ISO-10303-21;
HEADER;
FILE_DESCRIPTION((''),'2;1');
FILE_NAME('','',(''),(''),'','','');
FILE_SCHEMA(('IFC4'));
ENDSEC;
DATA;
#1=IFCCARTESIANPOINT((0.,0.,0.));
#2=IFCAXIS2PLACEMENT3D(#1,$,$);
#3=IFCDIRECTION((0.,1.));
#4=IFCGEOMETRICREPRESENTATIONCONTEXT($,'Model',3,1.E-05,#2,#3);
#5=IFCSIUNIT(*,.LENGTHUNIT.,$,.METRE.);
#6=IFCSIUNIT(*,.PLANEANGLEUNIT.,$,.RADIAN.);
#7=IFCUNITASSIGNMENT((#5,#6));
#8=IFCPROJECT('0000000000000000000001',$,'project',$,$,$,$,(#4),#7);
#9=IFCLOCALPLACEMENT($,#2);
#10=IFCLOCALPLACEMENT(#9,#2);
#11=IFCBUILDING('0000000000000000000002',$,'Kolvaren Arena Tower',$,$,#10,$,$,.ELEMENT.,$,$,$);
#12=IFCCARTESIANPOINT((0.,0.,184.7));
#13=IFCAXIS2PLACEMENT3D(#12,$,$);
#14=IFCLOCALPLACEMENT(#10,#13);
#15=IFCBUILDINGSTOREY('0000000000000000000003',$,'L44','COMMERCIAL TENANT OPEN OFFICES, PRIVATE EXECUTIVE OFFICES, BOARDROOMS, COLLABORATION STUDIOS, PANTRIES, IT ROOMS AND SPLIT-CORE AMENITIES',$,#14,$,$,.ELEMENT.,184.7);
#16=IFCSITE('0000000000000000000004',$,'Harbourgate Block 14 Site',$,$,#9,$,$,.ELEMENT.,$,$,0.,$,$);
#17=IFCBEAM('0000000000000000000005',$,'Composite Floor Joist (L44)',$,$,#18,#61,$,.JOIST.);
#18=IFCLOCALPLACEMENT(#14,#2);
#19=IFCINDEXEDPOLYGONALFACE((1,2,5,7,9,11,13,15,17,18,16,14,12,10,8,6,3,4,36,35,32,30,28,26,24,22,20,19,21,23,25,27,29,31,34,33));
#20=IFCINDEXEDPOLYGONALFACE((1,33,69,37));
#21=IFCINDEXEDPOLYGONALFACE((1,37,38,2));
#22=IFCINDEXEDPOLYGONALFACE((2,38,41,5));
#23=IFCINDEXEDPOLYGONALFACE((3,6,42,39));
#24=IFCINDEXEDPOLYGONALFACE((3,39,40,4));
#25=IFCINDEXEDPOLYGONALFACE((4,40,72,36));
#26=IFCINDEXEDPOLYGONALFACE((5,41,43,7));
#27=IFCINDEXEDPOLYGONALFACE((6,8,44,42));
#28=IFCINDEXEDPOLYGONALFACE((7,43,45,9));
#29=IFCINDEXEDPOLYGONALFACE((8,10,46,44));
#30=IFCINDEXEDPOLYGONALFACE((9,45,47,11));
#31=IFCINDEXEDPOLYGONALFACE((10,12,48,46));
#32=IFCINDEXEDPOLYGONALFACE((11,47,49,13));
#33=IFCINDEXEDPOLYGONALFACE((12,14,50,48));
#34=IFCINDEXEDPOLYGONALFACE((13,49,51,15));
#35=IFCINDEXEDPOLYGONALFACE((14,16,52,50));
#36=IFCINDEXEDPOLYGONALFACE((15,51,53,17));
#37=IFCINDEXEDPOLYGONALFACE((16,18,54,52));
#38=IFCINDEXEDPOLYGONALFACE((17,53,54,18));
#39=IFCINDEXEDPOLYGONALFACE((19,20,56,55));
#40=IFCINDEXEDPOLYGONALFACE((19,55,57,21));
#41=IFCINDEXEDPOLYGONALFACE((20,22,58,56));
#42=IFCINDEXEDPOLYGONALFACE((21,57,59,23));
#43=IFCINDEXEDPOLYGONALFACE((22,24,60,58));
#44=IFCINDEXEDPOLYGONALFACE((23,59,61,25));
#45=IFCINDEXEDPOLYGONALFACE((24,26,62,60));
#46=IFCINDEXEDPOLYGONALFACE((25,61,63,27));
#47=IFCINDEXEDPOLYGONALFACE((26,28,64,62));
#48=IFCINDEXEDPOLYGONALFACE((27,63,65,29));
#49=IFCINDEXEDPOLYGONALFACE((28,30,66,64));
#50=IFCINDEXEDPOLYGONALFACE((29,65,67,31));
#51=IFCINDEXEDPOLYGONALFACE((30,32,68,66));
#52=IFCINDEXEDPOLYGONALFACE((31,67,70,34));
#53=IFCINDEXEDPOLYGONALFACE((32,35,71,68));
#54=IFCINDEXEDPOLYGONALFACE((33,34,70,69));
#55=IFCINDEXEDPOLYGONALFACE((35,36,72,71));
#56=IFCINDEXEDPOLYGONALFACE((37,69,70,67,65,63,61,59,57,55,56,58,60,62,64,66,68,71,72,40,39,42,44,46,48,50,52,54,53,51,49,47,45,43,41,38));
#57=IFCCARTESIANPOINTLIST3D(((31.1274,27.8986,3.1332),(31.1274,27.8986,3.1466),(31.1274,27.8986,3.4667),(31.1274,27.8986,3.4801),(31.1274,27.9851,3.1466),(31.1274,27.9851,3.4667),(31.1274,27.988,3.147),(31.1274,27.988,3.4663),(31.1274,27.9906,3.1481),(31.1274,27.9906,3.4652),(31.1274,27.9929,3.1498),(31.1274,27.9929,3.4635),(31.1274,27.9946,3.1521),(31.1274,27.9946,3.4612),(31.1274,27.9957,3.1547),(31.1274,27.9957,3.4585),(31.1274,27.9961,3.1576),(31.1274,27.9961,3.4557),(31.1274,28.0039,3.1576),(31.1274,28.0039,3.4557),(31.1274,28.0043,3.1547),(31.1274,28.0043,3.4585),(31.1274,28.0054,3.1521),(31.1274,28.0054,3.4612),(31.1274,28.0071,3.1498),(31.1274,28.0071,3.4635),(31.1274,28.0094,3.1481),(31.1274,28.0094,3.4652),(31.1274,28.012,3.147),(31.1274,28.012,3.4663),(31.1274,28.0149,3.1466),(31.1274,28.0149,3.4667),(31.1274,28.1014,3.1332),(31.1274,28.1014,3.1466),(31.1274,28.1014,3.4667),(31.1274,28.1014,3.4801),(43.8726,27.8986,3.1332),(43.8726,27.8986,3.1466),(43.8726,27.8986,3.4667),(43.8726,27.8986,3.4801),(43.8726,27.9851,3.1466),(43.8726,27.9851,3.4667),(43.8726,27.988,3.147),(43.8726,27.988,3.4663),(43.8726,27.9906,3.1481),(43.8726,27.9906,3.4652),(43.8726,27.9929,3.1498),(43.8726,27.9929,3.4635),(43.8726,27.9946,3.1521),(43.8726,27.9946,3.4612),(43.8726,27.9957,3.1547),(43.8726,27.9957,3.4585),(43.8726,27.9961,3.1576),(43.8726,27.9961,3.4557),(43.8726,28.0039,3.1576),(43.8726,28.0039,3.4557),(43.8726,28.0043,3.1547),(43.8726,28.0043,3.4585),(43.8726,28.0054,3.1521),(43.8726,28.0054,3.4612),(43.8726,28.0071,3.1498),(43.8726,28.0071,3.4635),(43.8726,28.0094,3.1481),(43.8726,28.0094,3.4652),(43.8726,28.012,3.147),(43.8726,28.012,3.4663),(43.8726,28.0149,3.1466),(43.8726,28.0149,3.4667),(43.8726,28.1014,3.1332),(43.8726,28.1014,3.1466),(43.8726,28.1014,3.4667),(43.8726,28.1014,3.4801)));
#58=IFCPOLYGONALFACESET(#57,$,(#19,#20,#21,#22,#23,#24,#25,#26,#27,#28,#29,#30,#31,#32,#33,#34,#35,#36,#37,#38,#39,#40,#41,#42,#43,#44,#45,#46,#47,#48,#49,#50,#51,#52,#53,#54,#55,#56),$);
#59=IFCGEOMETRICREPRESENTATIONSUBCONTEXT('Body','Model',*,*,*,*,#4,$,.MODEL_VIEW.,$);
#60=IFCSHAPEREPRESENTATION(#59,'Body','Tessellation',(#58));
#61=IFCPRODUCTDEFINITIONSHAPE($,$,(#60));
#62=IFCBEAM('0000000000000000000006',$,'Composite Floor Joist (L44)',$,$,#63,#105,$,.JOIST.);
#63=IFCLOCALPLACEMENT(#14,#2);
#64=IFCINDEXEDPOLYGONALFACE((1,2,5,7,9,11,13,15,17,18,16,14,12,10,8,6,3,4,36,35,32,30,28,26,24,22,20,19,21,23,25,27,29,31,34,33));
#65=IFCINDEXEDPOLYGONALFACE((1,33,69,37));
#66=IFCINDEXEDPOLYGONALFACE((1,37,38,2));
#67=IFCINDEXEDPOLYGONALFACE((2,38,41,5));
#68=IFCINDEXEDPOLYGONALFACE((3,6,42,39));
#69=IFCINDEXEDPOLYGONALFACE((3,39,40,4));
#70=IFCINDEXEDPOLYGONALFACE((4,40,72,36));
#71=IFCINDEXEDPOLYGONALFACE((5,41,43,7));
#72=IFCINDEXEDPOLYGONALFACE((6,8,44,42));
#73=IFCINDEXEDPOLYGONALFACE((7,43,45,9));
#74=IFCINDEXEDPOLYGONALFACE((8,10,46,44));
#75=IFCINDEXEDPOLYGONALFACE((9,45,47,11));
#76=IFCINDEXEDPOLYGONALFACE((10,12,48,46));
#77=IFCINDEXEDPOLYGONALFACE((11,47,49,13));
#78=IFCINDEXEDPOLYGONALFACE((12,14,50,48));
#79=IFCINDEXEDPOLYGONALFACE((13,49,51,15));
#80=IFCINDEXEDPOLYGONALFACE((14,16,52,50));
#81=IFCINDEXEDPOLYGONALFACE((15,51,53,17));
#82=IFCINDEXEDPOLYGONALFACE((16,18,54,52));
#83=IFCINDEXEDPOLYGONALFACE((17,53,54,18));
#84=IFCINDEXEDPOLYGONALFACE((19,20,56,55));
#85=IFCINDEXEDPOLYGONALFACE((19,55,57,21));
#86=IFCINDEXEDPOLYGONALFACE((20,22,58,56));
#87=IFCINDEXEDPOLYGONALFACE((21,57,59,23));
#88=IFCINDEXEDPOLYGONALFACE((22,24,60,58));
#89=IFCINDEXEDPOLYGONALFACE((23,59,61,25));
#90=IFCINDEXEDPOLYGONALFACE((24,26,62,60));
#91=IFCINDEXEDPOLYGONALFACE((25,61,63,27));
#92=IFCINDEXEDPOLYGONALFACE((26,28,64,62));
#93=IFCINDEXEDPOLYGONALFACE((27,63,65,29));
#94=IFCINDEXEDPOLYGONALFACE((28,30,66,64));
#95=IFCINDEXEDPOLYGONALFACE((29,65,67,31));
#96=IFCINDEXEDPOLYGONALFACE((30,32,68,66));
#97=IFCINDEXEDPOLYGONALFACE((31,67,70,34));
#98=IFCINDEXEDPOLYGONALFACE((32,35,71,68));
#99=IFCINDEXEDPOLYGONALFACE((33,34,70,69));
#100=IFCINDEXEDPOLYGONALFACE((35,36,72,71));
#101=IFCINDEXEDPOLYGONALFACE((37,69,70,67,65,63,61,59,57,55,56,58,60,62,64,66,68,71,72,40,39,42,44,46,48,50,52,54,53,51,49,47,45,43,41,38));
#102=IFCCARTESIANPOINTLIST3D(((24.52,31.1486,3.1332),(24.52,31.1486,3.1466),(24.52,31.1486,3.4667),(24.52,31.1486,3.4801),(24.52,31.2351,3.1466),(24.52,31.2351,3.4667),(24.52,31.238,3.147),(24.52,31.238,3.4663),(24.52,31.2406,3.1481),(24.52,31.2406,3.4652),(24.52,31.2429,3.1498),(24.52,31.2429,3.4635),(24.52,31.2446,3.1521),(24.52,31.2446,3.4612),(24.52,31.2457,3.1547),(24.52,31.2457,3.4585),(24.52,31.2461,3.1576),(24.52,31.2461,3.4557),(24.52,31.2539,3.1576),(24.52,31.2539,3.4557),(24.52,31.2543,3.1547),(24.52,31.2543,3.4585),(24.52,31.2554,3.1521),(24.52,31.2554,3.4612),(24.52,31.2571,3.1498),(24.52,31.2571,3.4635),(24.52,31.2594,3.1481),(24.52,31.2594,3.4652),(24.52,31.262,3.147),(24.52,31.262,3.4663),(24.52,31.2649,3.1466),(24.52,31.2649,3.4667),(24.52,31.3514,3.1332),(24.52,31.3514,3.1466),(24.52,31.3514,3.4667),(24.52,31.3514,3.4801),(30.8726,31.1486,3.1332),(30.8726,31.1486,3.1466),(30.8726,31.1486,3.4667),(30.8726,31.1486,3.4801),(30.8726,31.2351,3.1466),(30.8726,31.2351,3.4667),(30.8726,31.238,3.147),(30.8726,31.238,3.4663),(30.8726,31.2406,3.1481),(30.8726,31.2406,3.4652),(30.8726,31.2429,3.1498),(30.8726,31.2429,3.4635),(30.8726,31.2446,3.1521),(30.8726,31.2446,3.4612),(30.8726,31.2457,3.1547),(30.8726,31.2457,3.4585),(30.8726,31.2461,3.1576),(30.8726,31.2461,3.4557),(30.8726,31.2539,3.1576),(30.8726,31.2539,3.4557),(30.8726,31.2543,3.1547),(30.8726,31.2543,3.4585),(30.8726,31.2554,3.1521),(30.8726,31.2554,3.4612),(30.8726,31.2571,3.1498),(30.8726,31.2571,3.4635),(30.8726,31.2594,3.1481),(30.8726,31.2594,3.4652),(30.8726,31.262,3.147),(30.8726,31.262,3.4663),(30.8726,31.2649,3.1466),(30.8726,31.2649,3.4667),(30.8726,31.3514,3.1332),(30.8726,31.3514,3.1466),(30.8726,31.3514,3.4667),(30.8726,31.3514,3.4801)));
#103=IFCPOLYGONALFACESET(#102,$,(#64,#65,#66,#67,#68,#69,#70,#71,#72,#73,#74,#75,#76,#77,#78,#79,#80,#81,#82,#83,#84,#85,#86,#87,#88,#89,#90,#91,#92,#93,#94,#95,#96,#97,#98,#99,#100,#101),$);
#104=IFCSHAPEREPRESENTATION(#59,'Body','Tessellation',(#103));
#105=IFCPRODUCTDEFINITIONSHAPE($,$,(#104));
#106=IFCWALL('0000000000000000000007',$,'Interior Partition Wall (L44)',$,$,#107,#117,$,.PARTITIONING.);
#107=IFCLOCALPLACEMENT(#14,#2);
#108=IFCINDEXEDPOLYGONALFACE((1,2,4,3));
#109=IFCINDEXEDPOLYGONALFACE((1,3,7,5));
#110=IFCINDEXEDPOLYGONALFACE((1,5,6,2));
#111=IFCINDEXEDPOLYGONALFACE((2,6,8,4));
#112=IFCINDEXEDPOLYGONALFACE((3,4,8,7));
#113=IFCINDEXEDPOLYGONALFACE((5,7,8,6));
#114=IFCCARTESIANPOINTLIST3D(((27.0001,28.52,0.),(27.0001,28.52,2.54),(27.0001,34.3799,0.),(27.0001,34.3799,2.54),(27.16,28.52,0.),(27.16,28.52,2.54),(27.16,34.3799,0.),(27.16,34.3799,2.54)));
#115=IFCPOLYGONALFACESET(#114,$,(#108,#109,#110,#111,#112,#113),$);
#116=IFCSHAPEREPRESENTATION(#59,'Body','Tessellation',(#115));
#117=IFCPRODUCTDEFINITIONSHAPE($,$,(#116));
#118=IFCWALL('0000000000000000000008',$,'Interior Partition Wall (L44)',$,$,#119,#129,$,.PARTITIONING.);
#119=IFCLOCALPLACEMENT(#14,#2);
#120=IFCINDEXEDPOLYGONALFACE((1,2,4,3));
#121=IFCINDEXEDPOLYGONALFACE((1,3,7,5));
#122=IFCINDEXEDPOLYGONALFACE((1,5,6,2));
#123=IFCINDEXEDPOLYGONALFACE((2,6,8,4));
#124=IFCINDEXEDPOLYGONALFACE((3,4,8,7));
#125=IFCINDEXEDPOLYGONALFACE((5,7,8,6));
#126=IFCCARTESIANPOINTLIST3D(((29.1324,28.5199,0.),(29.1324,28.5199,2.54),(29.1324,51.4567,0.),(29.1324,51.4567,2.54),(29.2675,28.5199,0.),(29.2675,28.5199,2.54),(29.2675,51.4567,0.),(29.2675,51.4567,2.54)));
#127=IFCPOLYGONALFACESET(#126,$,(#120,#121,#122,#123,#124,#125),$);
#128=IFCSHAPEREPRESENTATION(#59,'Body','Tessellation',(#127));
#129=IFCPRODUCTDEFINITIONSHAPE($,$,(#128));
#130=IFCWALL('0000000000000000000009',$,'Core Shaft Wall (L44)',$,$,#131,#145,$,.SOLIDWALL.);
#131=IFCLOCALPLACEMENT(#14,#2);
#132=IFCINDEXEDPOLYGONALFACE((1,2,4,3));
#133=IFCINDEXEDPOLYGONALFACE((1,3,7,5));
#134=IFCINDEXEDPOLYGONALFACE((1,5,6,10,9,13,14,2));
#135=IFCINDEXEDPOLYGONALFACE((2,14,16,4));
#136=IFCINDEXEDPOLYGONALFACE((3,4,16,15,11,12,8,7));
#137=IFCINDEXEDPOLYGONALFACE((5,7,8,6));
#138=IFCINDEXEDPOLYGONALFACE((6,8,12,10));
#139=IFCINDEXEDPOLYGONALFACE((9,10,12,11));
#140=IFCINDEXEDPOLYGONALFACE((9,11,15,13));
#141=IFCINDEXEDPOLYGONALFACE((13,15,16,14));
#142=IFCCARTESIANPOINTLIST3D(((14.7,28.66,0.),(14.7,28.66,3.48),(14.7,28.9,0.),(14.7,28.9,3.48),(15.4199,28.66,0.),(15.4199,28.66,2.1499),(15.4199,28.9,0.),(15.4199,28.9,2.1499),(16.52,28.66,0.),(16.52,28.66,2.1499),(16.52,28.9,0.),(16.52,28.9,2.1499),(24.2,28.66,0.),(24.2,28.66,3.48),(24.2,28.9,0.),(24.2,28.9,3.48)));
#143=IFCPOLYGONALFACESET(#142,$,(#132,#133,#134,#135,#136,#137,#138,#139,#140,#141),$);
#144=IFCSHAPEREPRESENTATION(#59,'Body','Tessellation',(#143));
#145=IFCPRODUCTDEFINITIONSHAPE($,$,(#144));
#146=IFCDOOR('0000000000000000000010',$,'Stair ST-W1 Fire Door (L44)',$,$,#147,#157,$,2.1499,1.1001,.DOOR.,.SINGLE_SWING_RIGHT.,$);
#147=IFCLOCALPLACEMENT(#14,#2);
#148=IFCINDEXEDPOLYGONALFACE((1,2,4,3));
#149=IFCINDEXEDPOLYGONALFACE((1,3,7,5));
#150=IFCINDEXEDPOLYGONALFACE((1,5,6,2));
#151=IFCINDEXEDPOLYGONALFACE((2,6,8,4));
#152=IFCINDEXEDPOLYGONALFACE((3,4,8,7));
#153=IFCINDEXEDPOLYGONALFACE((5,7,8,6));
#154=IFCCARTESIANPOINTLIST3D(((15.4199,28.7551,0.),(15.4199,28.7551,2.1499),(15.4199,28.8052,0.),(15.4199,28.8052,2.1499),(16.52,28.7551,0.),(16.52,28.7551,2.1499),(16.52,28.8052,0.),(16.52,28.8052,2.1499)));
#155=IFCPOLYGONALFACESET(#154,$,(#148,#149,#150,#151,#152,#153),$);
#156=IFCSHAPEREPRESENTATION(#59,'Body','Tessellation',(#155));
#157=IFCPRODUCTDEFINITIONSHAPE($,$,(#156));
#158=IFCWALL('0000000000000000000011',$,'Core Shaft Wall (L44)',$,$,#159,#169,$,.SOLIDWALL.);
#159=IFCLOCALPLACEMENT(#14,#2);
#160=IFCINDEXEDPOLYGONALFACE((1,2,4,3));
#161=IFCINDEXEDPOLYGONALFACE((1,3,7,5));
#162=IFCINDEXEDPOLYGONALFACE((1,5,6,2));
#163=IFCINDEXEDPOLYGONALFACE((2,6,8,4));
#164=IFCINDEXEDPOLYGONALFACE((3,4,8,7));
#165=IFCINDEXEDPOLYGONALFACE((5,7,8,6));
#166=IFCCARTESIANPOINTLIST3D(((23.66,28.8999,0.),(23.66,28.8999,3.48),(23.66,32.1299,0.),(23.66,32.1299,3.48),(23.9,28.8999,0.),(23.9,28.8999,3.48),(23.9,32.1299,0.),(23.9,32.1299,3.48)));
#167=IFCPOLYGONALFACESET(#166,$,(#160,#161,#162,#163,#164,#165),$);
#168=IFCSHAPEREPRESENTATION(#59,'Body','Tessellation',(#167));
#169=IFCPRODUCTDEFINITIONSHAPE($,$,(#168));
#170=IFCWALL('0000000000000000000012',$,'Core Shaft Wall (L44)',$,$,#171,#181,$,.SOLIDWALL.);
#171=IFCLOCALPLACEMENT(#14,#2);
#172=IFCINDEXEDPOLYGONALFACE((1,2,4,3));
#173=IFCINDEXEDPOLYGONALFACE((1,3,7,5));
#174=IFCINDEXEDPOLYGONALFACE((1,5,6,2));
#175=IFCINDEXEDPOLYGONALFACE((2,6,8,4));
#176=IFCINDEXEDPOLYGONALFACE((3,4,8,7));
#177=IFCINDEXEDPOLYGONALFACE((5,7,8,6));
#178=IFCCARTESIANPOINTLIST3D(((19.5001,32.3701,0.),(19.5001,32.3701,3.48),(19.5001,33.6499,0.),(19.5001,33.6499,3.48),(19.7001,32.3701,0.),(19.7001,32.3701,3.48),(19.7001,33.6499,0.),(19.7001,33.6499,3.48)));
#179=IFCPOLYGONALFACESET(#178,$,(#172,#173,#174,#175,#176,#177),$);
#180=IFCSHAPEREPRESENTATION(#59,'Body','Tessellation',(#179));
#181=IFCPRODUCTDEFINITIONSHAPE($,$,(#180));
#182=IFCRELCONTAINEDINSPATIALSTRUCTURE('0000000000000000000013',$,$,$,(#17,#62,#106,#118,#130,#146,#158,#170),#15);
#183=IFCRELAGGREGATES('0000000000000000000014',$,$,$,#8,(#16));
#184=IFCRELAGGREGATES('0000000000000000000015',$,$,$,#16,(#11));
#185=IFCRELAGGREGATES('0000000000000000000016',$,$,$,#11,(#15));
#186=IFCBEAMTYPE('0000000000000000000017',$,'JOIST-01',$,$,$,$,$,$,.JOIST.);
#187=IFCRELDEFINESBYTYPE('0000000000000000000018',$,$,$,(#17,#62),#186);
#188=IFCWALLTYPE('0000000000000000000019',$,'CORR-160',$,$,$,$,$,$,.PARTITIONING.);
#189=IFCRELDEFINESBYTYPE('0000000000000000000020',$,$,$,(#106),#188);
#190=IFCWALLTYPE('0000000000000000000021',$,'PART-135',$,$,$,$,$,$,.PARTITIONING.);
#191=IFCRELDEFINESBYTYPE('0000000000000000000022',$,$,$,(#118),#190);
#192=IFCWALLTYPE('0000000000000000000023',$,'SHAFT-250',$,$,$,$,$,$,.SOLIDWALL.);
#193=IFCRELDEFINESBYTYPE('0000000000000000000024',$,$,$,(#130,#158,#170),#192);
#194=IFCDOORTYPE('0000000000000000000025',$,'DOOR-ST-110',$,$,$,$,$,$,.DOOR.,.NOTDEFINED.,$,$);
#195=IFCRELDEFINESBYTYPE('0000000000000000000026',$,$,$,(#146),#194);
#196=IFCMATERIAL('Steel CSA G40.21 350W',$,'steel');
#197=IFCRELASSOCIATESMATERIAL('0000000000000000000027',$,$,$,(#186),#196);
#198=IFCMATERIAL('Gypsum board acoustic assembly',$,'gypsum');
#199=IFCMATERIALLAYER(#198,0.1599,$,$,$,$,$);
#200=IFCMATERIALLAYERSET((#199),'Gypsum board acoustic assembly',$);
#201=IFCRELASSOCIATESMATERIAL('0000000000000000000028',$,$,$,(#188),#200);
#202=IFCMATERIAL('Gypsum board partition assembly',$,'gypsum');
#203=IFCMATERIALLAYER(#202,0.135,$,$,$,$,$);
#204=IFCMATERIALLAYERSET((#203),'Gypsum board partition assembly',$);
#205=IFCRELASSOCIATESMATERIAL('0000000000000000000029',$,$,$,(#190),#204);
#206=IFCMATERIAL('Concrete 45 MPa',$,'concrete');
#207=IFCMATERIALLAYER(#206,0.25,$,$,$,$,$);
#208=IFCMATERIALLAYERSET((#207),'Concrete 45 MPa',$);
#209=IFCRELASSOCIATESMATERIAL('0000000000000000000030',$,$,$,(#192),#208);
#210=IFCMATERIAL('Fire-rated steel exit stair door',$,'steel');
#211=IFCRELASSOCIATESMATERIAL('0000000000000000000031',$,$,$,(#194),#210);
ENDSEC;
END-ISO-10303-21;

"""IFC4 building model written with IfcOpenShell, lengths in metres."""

from ifc_helpers import new_model, si_unit, direction, frame, frame_2d, origin, origin_2d, place, context, subcontext, project, spatial, rectangle, i_section, extrude, material, layer, layer_set, material_profile, profile_set, type_object, element, fill, save


model = new_model("IFC4")

# Units and contexts
model_context = context("Model", 3, precision=1e-05, world=origin(), true_north=direction((0.0, 1.0)))
body_context = subcontext(model_context, "Body", "Model", "MODEL_VIEW")
ifc_project = project(units=[si_unit("LENGTHUNIT", "METRE"), si_unit("PLANEANGLEUNIT", "RADIAN")], contexts=[model_context])

# Site, building, storey
site_placement = place(None, origin())
site = spatial("IfcSite", under=ifc_project, at=site_placement, Name="Harbourgate Block 14 Site", CompositionType="ELEMENT", RefElevation=0.0)
building_placement = place(site_placement, origin())
building = spatial("IfcBuilding", under=site, at=building_placement, Name="Kolvaren Arena Tower", CompositionType="ELEMENT")
storey_placement = place(building_placement, frame((0.0, 0.0, 184.7)))
storey = spatial("IfcBuildingStorey", under=building, at=storey_placement, Name="L44", Description="COMMERCIAL TENANT OPEN OFFICES, PRIVATE EXECUTIVE OFFICES, BOARDROOMS, COLLABORATION STUDIOS, PANTRIES, IT ROOMS AND SPLIT-CORE AMENITIES", CompositionType="ELEMENT", Elevation=184.7)

# Beams
ifc_material_1 = material(Name="Steel CSA G40.21 350W", Category="steel")
ifc_material_profile_1 = material_profile(ifc_material_1, i_section(OverallWidth=0.2029, OverallDepth=0.3469, WebThickness=0.0078, FlangeThickness=0.0134, FilletRadius=0.011, at=origin_2d()), Name="W360x64")
ifc_profile_set_1 = profile_set([ifc_material_profile_1], Name="Steel CSA G40.21 350W")
beam_type_1 = type_object("IfcBeamType", Name="JOIST-01", PredefinedType="JOIST", material=ifc_profile_set_1)
for number, where, z_axis, x_axis, name in (
    (1, (31.1274, 28.0, 3.3066), (1.0, 0.0, 0.0), (0.0, 1.0, 0.0), "Composite Floor Joist (L44)"),
):
    element("IfcBeam", number, at=place(storey_placement, frame(where, z_axis=z_axis, x_axis=x_axis)), inside=storey, type_object=beam_type_1, Name=name, PredefinedType="JOIST", context=body_context, shape_type="SweptSolid", body=[
        extrude(i_section(OverallWidth=0.2029, OverallDepth=0.3469, WebThickness=0.0078, FlangeThickness=0.0134, FilletRadius=0.011, at=origin_2d()), origin(), (0.0, 0.0, 1.0), 12.7451),
    ])
beam_1_placement = place(storey_placement, frame((24.52, 31.25, 3.3066), z_axis=(1.0, 0.0, 0.0), x_axis=(0.0, 1.0, 0.0)))
element("IfcBeam", 2, at=beam_1_placement, inside=storey, type_object=beam_type_1, Name="Composite Floor Joist (L44)", PredefinedType="JOIST", context=body_context, shape_type="SweptSolid", body=[
    extrude(i_section(OverallWidth=0.2029, OverallDepth=0.3469, WebThickness=0.0078, FlangeThickness=0.0134, FilletRadius=0.011, at=origin_2d()), origin(), (0.0, 0.0, 1.0), 6.3525),
])

# Shared definitions
ifc_material_2 = material(Name="Gypsum board acoustic assembly", Category="gypsum")
ifc_layer_1 = layer(ifc_material_2, 0.1599)
ifc_layer_set_1 = layer_set([ifc_layer_1], Name="Gypsum board acoustic assembly")
wall_type_1 = type_object("IfcWallType", Name="CORR-160", PredefinedType="PARTITIONING", material=ifc_layer_set_1)

# Wall
wall_1_placement = place(storey_placement, frame((27.0801, 28.52, 0.0), z_axis=(0.0, 0.0, 1.0), x_axis=(0.0, 1.0, 0.0)))
element("IfcWall", 3, at=wall_1_placement, inside=storey, type_object=wall_type_1, Name="Interior Partition Wall (L44)", PredefinedType="PARTITIONING", context=body_context, shape_type="SweptSolid", body=[
    extrude(rectangle(XDim=5.8599, YDim=0.1599, at=frame_2d((2.9299, 0.0))), origin(), (0.0, 0.0, 1.0), 2.54),
])

# Wall
ifc_material_3 = material(Name="Gypsum board partition assembly", Category="gypsum")
ifc_layer_2 = layer(ifc_material_3, 0.135)
ifc_layer_set_2 = layer_set([ifc_layer_2], Name="Gypsum board partition assembly")
wall_type_2 = type_object("IfcWallType", Name="PART-135", PredefinedType="PARTITIONING", material=ifc_layer_set_2)
wall_2_placement = place(storey_placement, frame((29.2, 28.52, 0.0), z_axis=(0.0, 0.0, 1.0), x_axis=(0.0, 1.0, 0.0)))
element("IfcWall", 4, at=wall_2_placement, inside=storey, type_object=wall_type_2, Name="Interior Partition Wall (L44)", PredefinedType="PARTITIONING", context=body_context, shape_type="SweptSolid", body=[
    extrude(rectangle(XDim=22.9368, YDim=0.135, at=frame_2d((11.4683, 0.0))), origin(), (0.0, 0.0, 1.0), 2.54),
])

# Wall, opening, door
ifc_material_4 = material(Name="Concrete 45 MPa", Category="concrete")
ifc_layer_3 = layer(ifc_material_4, 0.25)
ifc_layer_set_3 = layer_set([ifc_layer_3], Name="Concrete 45 MPa")
wall_type_3 = type_object("IfcWallType", Name="SHAFT-250", PredefinedType="SOLIDWALL", material=ifc_layer_set_3)
wall_3_placement = place(storey_placement, frame((24.2, 28.78, 0.0), z_axis=(0.0, 0.0, 1.0), x_axis=(-1.0, 0.0, 0.0)))
wall_3 = element("IfcWall", 5, at=wall_3_placement, inside=storey, type_object=wall_type_3, Name="Core Shaft Wall (L44)", PredefinedType="SOLIDWALL", context=body_context, shape_type="SweptSolid", body=[
    extrude(rectangle(XDim=9.5, YDim=0.24, at=frame_2d((4.75, 0.0))), origin(), (0.0, 0.0, 1.0), 3.48),
])
opening_1_placement = place(wall_3_placement, frame((7.6799, 0.0, 0.0)))
opening_1 = element("IfcOpeningElement", 6, at=opening_1_placement, cuts=wall_3, PredefinedType="OPENING", context=body_context, shape_type="SweptSolid", body=[
    extrude(rectangle(XDim=1.1001, YDim=2.1499, at=frame_2d((0.55, 1.075))), frame((0.0, 0.1299, 0.0), z_axis=(0.0, -1.0, 0.0), x_axis=(1.0, 0.0, 0.0)), (0.0, 0.0, 1.0), 0.26),
])
ifc_material_5 = material(Name="Fire-rated steel exit stair door", Category="steel")
door_type_1 = type_object("IfcDoorType", Name="DOOR-ST-110", OperationType="NOTDEFINED", PredefinedType="DOOR", material=ifc_material_5)
door_1_placement = place(opening_1_placement, origin())
door_1 = element("IfcDoor", 7, at=door_1_placement, inside=storey, type_object=door_type_1, Name="Stair ST-W1 Fire Door (L44)", OperationType="SINGLE_SWING_RIGHT", OverallHeight=2.1499, OverallWidth=1.1001, PredefinedType="DOOR", context=body_context, shape_type="SweptSolid", body=[
    extrude(rectangle(XDim=1.1001, YDim=2.1499, at=frame_2d((0.55, 1.075))), frame((0.0, 0.0249, 0.0), z_axis=(0.0, -1.0, 0.0), x_axis=(1.0, 0.0, 0.0)), (0.0, 0.0, 1.0), 0.05),
])
fill(opening_1, door_1)

# Walls
wall_4_placement = place(storey_placement, frame((23.78, 28.8999, 0.0), z_axis=(0.0, 0.0, 1.0), x_axis=(0.0, 1.0, 0.0)))
element("IfcWall", 8, at=wall_4_placement, inside=storey, type_object=wall_type_3, Name="Core Shaft Wall (L44)", PredefinedType="SOLIDWALL", context=body_context, shape_type="SweptSolid", body=[
    extrude(rectangle(XDim=3.23, YDim=0.24, at=frame_2d((1.615, 0.0))), origin(), (0.0, 0.0, 1.0), 3.48),
])
wall_5_placement = place(storey_placement, frame((19.6001, 32.3701, 0.0), z_axis=(0.0, 0.0, 1.0), x_axis=(0.0, 1.0, 0.0)))
element("IfcWall", 9, at=wall_5_placement, inside=storey, type_object=wall_type_3, Name="Core Shaft Wall (L44)", PredefinedType="SOLIDWALL", context=body_context, shape_type="SweptSolid", body=[
    extrude(rectangle(XDim=1.2798, YDim=0.2, at=frame_2d((0.6399, 0.0))), origin(), (0.0, 0.0, 1.0), 3.48),
])

save(model, "model.ifc")
